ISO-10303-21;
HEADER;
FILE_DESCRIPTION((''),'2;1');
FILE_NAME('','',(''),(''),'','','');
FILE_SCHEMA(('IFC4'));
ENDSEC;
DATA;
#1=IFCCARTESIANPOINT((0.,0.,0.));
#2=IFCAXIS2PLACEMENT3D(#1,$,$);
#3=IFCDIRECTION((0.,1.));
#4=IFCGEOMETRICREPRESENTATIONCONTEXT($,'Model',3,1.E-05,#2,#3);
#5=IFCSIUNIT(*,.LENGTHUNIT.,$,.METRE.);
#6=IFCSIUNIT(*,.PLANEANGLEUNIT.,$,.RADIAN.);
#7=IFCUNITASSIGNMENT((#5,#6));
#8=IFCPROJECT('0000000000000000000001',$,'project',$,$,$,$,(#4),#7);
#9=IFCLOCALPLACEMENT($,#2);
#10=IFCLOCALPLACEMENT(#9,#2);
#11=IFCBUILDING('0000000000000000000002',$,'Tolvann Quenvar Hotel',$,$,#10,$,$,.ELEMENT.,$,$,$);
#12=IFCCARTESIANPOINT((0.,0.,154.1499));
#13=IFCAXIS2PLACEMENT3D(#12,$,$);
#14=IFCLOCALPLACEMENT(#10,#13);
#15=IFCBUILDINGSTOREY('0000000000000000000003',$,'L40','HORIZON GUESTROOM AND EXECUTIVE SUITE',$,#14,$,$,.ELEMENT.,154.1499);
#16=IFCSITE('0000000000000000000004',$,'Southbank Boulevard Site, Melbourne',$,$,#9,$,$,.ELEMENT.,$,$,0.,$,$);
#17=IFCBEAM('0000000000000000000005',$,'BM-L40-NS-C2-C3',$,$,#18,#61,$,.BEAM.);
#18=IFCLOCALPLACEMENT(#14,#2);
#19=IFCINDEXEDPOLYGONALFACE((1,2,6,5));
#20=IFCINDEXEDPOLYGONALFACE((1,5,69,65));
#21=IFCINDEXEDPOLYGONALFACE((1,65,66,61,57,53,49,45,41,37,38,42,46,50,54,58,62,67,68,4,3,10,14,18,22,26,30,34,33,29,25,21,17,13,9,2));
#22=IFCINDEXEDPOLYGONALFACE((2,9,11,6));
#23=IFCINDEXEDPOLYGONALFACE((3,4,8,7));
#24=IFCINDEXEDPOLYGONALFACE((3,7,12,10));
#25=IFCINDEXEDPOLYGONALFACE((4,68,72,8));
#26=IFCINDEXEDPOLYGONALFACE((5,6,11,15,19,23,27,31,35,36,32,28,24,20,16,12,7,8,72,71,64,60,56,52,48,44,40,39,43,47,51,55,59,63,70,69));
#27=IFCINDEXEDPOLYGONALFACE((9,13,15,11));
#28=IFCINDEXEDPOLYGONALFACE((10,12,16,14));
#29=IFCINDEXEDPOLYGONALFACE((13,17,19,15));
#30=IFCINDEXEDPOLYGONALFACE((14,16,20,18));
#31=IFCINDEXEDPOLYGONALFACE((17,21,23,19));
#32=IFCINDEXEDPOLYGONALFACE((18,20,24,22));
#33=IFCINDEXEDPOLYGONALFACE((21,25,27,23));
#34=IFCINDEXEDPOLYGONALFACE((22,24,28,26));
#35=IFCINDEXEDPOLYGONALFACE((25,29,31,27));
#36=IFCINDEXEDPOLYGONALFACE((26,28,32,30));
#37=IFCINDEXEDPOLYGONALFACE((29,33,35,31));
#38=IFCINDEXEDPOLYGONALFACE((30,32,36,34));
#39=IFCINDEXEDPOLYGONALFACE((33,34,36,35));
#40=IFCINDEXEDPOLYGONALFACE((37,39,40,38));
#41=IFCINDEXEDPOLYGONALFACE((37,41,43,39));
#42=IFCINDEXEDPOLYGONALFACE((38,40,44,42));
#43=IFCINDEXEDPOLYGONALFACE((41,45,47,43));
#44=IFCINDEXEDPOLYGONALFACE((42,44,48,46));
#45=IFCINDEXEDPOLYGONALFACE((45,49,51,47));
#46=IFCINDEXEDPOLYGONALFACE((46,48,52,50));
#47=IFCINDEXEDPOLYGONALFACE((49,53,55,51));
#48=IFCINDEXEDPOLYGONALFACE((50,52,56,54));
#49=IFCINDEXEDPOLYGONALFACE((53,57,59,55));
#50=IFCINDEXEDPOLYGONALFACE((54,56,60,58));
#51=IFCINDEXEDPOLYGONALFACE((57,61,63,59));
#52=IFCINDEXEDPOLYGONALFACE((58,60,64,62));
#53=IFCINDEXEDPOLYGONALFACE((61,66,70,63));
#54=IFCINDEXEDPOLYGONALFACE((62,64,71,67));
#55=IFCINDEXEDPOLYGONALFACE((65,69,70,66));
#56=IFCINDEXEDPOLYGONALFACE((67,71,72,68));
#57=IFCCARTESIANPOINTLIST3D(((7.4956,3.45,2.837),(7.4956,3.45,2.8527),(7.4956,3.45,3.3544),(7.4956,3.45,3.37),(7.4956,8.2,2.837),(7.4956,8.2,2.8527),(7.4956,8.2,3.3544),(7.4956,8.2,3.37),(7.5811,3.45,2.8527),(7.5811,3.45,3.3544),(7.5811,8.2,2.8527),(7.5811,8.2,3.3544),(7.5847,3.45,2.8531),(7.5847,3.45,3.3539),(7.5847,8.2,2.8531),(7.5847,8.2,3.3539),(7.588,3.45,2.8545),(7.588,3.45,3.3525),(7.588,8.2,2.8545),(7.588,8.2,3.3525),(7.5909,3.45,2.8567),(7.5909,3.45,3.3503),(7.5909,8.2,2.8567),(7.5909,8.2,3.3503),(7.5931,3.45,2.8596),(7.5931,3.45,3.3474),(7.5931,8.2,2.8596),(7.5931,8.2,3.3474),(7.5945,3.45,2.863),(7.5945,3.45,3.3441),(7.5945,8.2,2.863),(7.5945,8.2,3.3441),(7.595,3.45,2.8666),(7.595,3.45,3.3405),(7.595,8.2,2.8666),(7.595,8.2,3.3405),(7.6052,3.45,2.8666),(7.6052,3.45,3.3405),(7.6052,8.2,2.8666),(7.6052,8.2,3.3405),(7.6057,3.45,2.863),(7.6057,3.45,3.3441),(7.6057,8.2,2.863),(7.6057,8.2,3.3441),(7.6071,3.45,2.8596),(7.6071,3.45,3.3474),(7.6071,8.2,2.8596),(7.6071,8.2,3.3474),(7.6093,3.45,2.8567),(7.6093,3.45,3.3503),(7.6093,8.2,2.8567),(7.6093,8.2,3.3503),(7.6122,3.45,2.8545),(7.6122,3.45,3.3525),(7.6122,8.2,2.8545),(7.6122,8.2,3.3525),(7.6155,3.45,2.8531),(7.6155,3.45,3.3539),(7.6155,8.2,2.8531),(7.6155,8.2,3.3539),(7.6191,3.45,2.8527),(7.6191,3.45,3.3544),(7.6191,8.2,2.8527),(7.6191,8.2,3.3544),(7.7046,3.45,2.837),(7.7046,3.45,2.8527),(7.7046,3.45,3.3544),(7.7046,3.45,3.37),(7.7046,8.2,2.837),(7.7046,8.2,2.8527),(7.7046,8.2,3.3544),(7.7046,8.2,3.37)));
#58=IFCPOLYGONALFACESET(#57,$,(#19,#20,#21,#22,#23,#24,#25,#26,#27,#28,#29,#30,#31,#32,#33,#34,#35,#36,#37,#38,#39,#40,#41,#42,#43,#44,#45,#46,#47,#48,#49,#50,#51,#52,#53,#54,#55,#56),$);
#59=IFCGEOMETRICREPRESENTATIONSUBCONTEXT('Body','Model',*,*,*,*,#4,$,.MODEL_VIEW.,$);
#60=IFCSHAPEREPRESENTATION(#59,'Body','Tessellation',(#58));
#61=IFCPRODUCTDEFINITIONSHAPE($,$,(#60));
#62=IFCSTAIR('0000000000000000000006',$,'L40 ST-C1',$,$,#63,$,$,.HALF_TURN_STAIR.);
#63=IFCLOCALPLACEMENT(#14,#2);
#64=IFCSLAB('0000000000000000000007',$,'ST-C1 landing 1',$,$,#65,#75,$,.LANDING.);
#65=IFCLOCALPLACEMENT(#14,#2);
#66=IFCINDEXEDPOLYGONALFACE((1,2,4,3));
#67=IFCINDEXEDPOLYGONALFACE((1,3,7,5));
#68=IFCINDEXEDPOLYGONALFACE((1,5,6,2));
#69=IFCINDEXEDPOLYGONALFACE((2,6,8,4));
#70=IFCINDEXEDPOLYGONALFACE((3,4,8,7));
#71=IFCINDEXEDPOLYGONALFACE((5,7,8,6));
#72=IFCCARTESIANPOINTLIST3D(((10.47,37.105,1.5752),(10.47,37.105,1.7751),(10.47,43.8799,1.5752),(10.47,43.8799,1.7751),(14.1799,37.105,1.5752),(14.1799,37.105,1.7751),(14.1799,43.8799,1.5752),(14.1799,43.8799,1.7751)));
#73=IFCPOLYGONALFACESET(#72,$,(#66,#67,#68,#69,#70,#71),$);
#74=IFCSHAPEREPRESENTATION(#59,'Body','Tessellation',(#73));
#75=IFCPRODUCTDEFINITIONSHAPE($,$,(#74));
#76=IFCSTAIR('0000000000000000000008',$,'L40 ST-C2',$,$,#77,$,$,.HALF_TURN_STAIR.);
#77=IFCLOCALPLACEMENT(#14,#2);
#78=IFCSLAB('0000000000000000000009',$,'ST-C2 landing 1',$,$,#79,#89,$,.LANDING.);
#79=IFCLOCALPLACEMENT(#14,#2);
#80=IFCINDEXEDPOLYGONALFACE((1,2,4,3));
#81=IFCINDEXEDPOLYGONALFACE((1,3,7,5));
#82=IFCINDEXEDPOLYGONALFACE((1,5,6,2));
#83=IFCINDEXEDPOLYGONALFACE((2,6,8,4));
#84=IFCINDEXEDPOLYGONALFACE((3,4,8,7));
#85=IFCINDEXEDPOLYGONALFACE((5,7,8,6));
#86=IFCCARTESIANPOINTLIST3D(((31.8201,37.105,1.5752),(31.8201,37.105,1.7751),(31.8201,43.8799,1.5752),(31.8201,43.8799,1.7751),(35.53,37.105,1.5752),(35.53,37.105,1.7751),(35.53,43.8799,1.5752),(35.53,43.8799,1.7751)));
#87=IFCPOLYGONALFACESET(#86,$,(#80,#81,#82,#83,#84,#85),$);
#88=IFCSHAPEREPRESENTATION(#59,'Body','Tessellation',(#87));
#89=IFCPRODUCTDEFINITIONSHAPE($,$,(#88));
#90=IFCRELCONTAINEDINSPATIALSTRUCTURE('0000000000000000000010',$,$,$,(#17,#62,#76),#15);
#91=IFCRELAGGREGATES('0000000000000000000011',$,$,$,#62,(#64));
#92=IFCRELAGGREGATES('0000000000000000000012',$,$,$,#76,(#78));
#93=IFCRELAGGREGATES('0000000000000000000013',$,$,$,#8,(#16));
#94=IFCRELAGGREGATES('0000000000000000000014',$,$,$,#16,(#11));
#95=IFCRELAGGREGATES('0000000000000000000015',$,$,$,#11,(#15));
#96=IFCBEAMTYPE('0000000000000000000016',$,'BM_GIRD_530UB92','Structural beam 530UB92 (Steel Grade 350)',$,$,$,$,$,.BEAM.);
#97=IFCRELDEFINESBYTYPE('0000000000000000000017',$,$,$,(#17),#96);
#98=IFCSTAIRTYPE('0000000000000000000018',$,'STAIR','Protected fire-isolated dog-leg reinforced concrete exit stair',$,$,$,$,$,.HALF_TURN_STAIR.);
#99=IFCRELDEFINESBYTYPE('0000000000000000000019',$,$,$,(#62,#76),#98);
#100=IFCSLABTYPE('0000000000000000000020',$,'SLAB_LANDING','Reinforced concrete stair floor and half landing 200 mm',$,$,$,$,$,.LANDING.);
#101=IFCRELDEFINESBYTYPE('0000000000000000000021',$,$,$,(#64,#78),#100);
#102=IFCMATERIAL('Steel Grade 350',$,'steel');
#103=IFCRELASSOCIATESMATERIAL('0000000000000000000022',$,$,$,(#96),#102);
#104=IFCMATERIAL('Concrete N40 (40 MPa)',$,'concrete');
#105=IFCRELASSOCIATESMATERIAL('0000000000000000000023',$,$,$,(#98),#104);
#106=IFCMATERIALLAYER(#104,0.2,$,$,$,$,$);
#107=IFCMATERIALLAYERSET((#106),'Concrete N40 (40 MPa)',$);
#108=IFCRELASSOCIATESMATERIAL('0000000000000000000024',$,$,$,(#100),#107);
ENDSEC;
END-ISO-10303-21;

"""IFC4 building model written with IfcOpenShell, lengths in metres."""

from ifc_helpers import new_model, si_unit, direction, frame, origin, origin_2d, place, context, subcontext, project, spatial, polyline, i_section, outline, extrude, source, transform, mapped, material, layer, layer_set, material_profile, profile_set, type_object, type_shapes, element, aggregate, save


model = new_model("IFC4")

# Units and contexts
model_context = context("Model", 3, precision=1e-05, world=origin(), true_north=direction((0.0, 1.0)))
body_context = subcontext(model_context, "Body", "Model", "MODEL_VIEW")
ifc_project = project(units=[si_unit("LENGTHUNIT", "METRE"), si_unit("PLANEANGLEUNIT", "RADIAN")], contexts=[model_context])

# Site, building, storey
site_placement = place(None, origin())
site = spatial("IfcSite", under=ifc_project, at=site_placement, Name="Southbank Boulevard Site, Melbourne", CompositionType="ELEMENT", RefElevation=0.0)
building_placement = place(site_placement, origin())
building = spatial("IfcBuilding", under=site, at=building_placement, Name="Tolvann Quenvar Hotel", CompositionType="ELEMENT")
storey_placement = place(building_placement, frame((0.0, 0.0, 154.1499)))
storey = spatial("IfcBuildingStorey", under=building, at=storey_placement, Name="L40", Description="HORIZON GUESTROOM AND EXECUTIVE SUITE", CompositionType="ELEMENT", Elevation=154.1499)

# Beam
ifc_material_1 = material(Name="Steel Grade 350", Category="steel")
ifc_material_profile_1 = material_profile(ifc_material_1, i_section(OverallWidth=0.209, OverallDepth=0.533, WebThickness=0.0103, FlangeThickness=0.0156, FilletRadius=0.0139, at=origin_2d()), Name="530UB92")
ifc_profile_set_1 = profile_set([ifc_material_profile_1], Name="Steel Grade 350")
beam_type_1 = type_object("IfcBeamType", Name="BM_GIRD_530UB92", Description="Structural beam 530UB92 (Steel Grade 350)", PredefinedType="BEAM", material=ifc_profile_set_1)
shared_shape_1 = source(origin(), body_context, "Body", "SweptSolid", [
    extrude(i_section(OverallWidth=0.209, OverallDepth=0.533, WebThickness=0.0103, FlangeThickness=0.0156, FilletRadius=0.0139, at=origin_2d()), origin(), (0.0, 0.0, 1.0), 4.75),
])
type_shapes(beam_type_1, [shared_shape_1])
beam_1_placement = place(storey_placement, frame((7.6001, 3.45, 3.1035), z_axis=(0.0, 1.0, 0.0), x_axis=(-1.0, 0.0, 0.0)))
element("IfcBeam", 1, at=beam_1_placement, inside=storey, type_object=beam_type_1, Name="BM-L40-NS-C2-C3", PredefinedType="BEAM", context=body_context, shape_type="MappedRepresentation", body=[
    mapped(shared_shape_1, transform((0.0, 0.0, 0.0), x_axis=(1.0, 0.0, 0.0), y_axis=(0.0, 1.0, 0.0), z_axis=(0.0, 0.0, 1.0), scale=1.0)),
])

# Stairs, slabs
ifc_material_2 = material(Name="Concrete N40 (40 MPa)", Category="concrete")
stair_type = type_object("IfcStairType", Name="STAIR", Description="Protected fire-isolated dog-leg reinforced concrete exit stair", PredefinedType="HALF_TURN_STAIR", material=ifc_material_2)
stair_1_placement = place(storey_placement, origin())
stair_1 = element("IfcStair", 2, at=stair_1_placement, inside=storey, type_object=stair_type, Name="L40 ST-C1", PredefinedType="HALF_TURN_STAIR")
ifc_layer_1 = layer(ifc_material_2, 0.2)
ifc_layer_set_1 = layer_set([ifc_layer_1], Name="Concrete N40 (40 MPa)")
slab_type_1 = type_object("IfcSlabType", Name="SLAB_LANDING", Description="Reinforced concrete stair floor and half landing 200 mm", PredefinedType="LANDING", material=ifc_layer_set_1)
slab_1_placement = place(storey_placement, frame((0.0, 0.0, 1.5752)))
slab_1 = element("IfcSlab", 3, at=slab_1_placement, type_object=slab_type_1, Name="ST-C1 landing 1", PredefinedType="LANDING", context=body_context, shape_type="SweptSolid", body=[
    extrude(outline(polyline([(14.1799, 37.105), (14.1799, 43.8799), (10.47, 43.8799), (10.47, 37.105), (14.1799, 37.105)])), origin(), (0.0, 0.0, 1.0), 0.2),
])
aggregate(stair_1, [slab_1])
stair_2_placement = place(storey_placement, origin())
stair_2 = element("IfcStair", 4, at=stair_2_placement, inside=storey, type_object=stair_type, Name="L40 ST-C2", PredefinedType="HALF_TURN_STAIR")
slab_2_placement = place(storey_placement, frame((0.0, 0.0, 1.5752)))
slab_2 = element("IfcSlab", 5, at=slab_2_placement, type_object=slab_type_1, Name="ST-C2 landing 1", PredefinedType="LANDING", context=body_context, shape_type="SweptSolid", body=[
    extrude(outline(polyline([(35.53, 37.105), (35.53, 43.8799), (31.8201, 43.8799), (31.8201, 37.105), (35.53, 37.105)])), origin(), (0.0, 0.0, 1.0), 0.2),
])
aggregate(stair_2, [slab_2])

save(model, "model.ifc")
